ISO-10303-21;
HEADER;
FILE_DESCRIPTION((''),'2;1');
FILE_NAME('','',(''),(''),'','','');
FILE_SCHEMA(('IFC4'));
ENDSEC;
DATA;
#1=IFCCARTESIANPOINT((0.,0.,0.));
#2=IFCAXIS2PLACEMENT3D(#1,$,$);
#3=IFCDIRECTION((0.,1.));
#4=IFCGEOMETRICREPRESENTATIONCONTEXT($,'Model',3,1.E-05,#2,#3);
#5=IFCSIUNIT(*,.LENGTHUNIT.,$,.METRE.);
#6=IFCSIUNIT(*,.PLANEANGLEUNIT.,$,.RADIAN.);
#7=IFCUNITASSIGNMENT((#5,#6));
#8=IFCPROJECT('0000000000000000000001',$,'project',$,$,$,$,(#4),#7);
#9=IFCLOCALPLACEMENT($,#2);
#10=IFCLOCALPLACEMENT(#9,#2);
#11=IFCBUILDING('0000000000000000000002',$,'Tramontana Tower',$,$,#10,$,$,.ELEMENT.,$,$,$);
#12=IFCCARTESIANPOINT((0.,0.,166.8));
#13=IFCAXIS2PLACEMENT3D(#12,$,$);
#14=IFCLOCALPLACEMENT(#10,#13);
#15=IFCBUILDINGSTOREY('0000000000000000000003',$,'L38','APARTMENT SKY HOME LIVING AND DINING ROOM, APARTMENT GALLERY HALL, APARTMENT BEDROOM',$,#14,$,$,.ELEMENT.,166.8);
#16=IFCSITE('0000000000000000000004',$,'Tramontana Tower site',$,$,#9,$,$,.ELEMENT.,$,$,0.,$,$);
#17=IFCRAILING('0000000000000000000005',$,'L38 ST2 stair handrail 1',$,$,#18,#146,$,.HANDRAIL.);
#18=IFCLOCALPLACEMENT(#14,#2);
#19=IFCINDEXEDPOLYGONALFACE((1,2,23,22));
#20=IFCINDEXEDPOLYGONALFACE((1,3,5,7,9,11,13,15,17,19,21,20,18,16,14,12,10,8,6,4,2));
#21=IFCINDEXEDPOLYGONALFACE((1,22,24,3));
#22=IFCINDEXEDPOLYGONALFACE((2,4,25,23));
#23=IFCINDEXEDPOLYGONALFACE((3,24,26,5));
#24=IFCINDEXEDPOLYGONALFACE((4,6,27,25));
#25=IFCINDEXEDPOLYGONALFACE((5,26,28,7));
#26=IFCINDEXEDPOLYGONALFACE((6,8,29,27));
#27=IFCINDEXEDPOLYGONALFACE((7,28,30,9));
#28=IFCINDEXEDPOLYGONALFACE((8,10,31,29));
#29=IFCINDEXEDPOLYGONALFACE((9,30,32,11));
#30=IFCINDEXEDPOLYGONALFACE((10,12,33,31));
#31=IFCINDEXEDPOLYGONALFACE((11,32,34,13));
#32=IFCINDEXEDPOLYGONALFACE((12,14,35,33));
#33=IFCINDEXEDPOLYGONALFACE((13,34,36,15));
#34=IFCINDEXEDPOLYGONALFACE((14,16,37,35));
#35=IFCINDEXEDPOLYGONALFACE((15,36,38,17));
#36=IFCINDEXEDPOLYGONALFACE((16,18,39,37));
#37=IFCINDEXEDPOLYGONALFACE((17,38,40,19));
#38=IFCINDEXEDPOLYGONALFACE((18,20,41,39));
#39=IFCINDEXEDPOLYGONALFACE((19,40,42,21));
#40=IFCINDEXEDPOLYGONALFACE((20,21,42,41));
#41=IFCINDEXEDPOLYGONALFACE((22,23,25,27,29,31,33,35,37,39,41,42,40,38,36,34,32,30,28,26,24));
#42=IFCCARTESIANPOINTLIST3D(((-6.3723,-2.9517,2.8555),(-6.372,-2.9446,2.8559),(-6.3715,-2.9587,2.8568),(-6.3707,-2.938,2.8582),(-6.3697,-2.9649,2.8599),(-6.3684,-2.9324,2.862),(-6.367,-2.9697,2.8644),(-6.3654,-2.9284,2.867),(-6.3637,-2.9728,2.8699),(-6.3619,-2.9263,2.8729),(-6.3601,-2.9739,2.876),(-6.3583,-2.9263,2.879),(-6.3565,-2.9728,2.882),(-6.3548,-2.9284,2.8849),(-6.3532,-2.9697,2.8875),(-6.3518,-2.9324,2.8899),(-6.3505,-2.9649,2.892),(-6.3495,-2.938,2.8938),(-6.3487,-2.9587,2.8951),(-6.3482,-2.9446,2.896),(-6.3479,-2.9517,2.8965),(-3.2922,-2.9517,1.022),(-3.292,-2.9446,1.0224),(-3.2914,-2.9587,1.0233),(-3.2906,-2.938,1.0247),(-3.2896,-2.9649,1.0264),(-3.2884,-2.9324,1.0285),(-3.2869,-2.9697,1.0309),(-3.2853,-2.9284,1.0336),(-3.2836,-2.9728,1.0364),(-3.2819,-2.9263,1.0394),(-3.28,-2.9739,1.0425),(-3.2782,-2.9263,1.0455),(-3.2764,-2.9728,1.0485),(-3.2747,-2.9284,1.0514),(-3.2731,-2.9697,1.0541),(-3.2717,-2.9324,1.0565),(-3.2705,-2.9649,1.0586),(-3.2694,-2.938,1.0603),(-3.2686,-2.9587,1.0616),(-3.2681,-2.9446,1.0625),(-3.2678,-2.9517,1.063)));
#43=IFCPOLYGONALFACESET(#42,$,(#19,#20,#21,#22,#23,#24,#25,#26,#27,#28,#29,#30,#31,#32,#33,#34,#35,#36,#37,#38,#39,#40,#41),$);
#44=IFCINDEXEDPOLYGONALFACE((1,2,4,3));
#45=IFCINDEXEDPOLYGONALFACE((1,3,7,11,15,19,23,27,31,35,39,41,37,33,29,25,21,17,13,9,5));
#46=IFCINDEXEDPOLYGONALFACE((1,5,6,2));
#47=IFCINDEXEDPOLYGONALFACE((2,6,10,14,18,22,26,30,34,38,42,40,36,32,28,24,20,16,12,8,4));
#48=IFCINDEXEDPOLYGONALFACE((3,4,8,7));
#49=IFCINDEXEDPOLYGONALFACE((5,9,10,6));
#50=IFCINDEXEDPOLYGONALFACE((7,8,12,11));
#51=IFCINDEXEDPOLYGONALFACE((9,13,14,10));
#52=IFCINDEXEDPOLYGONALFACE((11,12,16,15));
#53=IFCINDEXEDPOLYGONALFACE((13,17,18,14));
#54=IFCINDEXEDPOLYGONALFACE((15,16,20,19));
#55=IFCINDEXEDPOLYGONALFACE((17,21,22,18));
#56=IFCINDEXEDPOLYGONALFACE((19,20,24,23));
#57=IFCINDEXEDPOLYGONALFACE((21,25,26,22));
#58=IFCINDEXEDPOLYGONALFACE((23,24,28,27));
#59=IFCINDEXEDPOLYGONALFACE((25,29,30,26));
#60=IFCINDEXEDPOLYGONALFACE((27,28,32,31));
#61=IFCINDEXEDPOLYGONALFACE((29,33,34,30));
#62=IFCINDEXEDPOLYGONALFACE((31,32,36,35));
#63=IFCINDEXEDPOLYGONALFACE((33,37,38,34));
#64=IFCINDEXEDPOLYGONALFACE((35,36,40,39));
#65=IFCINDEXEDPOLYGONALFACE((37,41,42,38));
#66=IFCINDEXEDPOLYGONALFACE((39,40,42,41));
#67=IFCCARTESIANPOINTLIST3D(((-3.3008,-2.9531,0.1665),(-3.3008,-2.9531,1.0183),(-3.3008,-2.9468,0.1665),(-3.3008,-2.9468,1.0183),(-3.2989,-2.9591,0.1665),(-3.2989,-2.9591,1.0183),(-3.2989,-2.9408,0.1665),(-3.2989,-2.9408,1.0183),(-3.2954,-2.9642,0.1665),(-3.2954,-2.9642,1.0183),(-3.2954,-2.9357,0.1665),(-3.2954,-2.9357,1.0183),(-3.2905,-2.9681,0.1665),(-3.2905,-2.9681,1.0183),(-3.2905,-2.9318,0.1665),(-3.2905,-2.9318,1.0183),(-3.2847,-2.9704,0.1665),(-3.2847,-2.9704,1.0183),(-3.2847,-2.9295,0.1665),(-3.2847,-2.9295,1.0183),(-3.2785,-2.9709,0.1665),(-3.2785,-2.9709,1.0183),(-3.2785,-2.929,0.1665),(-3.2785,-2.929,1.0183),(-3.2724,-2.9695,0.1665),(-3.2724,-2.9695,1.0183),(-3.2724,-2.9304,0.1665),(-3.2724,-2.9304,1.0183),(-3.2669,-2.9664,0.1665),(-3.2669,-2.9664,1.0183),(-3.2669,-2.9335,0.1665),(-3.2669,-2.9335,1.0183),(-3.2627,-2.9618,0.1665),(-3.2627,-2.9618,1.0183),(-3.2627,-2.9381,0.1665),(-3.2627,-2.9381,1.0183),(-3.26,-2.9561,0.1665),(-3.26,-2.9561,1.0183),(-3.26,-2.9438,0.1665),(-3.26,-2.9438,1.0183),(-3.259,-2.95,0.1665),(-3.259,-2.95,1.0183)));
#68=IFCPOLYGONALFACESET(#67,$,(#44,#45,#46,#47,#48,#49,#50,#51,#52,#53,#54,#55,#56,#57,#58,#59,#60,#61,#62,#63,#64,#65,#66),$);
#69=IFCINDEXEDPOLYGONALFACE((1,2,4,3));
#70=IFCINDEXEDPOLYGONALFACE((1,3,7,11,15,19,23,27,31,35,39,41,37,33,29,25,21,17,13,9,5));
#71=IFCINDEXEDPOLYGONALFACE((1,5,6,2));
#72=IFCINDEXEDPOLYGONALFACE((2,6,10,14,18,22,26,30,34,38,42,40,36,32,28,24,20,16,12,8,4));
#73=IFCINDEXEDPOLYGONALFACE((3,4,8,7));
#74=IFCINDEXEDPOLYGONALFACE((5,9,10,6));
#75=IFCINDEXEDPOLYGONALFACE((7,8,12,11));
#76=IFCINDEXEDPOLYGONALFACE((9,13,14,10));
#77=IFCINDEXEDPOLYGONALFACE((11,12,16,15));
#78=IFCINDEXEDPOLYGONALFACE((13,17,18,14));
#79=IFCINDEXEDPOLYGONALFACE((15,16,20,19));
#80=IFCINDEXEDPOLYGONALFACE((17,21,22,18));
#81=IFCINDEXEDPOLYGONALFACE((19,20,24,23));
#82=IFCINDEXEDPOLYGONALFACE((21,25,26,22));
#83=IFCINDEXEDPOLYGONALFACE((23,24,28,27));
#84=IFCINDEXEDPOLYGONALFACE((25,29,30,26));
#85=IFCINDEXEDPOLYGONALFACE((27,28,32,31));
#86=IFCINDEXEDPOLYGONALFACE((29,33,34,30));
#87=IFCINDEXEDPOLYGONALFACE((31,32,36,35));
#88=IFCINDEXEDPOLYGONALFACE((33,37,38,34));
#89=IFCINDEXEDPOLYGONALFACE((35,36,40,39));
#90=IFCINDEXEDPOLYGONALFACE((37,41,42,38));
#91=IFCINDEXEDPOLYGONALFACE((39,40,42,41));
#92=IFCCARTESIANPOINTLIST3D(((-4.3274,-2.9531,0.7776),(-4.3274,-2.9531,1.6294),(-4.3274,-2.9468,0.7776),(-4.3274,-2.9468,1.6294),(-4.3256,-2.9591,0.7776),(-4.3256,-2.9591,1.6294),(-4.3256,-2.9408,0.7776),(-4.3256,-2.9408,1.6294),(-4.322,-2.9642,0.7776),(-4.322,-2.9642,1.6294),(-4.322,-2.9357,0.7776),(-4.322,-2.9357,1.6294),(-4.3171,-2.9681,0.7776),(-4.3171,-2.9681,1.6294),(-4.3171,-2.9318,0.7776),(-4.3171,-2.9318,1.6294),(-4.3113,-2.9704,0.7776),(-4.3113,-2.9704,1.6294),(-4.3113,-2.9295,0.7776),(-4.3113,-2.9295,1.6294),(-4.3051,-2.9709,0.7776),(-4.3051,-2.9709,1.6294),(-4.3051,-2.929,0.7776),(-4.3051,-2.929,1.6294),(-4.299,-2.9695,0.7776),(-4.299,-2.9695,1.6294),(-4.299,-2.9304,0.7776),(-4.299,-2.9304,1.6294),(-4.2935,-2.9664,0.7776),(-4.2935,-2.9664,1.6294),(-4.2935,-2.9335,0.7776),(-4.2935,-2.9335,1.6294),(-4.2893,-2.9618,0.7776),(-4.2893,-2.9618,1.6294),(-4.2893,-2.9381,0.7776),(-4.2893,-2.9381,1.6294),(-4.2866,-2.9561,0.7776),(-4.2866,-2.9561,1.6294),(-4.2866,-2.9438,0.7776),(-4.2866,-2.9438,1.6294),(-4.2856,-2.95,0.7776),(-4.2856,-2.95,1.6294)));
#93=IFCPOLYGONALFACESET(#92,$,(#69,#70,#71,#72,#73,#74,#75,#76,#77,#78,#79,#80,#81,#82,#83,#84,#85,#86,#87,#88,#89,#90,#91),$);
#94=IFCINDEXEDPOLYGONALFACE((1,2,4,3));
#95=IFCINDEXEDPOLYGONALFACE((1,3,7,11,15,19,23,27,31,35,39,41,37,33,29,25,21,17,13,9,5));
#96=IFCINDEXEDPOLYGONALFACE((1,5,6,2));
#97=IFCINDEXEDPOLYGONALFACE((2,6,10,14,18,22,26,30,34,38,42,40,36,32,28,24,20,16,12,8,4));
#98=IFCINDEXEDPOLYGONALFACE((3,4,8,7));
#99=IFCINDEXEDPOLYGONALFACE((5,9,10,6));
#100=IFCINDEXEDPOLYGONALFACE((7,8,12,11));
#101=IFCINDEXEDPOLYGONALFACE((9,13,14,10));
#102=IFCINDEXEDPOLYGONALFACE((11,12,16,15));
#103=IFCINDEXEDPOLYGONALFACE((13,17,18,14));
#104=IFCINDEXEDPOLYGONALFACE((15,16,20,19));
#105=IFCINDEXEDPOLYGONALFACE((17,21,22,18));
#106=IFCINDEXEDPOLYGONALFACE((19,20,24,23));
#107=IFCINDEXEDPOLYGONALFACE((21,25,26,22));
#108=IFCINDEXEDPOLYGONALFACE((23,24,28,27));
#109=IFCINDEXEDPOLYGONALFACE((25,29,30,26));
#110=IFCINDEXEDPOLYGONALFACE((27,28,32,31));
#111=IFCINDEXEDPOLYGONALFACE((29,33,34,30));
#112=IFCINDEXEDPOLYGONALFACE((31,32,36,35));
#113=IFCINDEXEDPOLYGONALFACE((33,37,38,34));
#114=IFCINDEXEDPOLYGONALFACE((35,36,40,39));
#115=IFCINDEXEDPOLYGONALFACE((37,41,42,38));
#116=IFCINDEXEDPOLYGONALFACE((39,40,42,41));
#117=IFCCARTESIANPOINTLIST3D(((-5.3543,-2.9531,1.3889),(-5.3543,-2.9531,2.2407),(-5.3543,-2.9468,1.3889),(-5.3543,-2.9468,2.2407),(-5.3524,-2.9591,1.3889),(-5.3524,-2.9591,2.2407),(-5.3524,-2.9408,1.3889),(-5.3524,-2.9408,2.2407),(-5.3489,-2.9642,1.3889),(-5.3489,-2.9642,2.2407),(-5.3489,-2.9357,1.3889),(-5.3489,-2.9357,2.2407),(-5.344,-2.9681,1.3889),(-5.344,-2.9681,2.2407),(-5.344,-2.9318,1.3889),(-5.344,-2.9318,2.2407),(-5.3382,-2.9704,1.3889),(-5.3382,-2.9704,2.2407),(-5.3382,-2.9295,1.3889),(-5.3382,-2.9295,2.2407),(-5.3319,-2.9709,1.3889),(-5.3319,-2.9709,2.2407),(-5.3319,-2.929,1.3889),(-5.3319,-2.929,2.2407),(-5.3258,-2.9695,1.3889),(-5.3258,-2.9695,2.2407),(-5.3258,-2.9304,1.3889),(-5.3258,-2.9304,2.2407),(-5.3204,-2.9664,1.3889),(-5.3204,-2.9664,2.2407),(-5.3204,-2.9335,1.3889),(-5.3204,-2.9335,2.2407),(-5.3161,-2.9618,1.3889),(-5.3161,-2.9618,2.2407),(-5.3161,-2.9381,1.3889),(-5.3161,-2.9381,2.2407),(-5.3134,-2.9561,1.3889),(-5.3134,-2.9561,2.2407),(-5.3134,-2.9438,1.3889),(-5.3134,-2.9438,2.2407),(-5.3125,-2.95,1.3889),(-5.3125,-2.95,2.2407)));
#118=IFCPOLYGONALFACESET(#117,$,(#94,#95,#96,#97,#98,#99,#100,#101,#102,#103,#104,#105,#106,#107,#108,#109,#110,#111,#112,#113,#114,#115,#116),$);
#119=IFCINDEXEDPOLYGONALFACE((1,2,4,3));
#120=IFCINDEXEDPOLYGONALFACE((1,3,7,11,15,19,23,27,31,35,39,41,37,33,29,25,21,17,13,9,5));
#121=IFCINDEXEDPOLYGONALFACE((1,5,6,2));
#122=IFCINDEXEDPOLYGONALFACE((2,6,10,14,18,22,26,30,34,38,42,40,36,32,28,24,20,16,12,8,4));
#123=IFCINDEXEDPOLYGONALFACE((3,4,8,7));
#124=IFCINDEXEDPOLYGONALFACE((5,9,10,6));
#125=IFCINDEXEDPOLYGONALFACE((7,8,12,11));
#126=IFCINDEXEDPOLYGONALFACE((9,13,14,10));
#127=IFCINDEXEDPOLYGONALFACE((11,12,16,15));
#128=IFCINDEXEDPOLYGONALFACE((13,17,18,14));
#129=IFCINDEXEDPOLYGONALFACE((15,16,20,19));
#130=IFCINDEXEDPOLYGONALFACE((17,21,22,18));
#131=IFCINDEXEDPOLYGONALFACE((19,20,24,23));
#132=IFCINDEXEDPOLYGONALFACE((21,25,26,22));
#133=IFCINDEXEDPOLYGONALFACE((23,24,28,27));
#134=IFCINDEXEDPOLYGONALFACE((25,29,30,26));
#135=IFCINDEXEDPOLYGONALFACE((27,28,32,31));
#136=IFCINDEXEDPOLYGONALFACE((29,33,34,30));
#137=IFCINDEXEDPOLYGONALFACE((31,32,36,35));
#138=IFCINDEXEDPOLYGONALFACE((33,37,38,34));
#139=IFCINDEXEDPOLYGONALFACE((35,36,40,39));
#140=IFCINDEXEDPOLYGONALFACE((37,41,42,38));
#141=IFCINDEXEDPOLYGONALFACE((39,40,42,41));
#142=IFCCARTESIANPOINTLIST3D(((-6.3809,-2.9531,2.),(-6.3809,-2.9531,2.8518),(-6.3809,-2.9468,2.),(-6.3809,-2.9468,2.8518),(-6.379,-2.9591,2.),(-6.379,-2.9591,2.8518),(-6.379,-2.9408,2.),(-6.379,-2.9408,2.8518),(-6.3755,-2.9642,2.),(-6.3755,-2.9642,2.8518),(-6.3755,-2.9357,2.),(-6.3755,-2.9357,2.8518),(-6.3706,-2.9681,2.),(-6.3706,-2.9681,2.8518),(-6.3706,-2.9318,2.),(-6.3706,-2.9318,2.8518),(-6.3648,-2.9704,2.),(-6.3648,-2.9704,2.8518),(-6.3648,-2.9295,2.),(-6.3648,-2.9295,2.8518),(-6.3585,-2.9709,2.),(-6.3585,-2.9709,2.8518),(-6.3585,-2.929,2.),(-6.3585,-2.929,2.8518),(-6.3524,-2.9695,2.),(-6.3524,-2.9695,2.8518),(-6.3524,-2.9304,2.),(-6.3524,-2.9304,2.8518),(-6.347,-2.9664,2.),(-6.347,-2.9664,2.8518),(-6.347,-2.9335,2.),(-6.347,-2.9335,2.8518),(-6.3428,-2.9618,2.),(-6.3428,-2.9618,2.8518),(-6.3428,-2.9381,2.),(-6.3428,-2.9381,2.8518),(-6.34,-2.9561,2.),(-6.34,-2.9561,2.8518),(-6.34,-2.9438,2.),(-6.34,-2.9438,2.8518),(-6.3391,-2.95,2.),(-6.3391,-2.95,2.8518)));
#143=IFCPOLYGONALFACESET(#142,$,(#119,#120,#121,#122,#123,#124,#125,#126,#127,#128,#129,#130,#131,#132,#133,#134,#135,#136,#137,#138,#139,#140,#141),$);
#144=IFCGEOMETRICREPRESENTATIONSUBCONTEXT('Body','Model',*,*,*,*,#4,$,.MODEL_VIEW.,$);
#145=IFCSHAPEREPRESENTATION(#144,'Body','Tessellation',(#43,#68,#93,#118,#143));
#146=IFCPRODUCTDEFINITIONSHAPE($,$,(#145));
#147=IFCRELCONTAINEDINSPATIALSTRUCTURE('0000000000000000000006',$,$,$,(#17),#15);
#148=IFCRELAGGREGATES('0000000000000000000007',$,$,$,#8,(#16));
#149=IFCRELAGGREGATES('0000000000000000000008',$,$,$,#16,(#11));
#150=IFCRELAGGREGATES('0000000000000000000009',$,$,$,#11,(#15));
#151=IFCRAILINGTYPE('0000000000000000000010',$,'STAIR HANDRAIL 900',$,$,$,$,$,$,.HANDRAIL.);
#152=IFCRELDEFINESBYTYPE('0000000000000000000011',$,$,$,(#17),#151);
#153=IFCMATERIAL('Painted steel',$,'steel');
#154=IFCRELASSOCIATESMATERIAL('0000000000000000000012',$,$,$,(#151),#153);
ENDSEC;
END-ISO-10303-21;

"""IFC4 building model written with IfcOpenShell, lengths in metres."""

from ifc_helpers import new_model, si_unit, direction, frame, origin, origin_2d, place, context, subcontext, project, spatial, circle, extrude, material, type_object, element, save


model = new_model("IFC4")

# Units and contexts
model_context = context("Model", 3, precision=1e-05, world=origin(), true_north=direction((0.0, 1.0)))
body_context = subcontext(model_context, "Body", "Model", "MODEL_VIEW")
ifc_project = project(units=[si_unit("LENGTHUNIT", "METRE"), si_unit("PLANEANGLEUNIT", "RADIAN")], contexts=[model_context])

# Site, building, storey
site_placement = place(None, origin())
site = spatial("IfcSite", under=ifc_project, at=site_placement, Name="Tramontana Tower site", CompositionType="ELEMENT", RefElevation=0.0)
building_placement = place(site_placement, origin())
building = spatial("IfcBuilding", under=site, at=building_placement, Name="Tramontana Tower", CompositionType="ELEMENT")
storey_placement = place(building_placement, frame((0.0, 0.0, 166.8)))
storey = spatial("IfcBuildingStorey", under=building, at=storey_placement, Name="L38", Description="APARTMENT SKY HOME LIVING AND DINING ROOM, APARTMENT GALLERY HALL, APARTMENT BEDROOM", CompositionType="ELEMENT", Elevation=166.8)

# Railing
ifc_material_1 = material(Name="Painted steel", Category="steel")
railing_type_1 = type_object("IfcRailingType", Name="STAIR HANDRAIL 900", PredefinedType="HANDRAIL", material=ifc_material_1)
railing_1_placement = place(storey_placement, frame((-3.28, -2.95, 0.1665)))
element("IfcRailing", 1, at=railing_1_placement, inside=storey, type_object=railing_type_1, Name="L38 ST2 stair handrail 1", PredefinedType="HANDRAIL", context=body_context, shape_type="SweptSolid", body=[
    extrude(circle(Radius=0.0239, at=origin_2d()), frame((0.0, 0.0, 0.876), z_axis=(-0.859279, 0.0, 0.511508), x_axis=(0.0, -1.0, 0.0)), (0.0, 0.0, 1.0), 3.5845),
    extrude(circle(Radius=0.021, at=origin_2d()), origin(), (0.0, 0.0, 1.0), 0.8518),
    extrude(circle(Radius=0.021, at=origin_2d()), frame((-1.0266, 0.0, 0.6111)), (0.0, 0.0, 1.0), 0.8518),
    extrude(circle(Radius=0.021, at=origin_2d()), frame((-2.0535, 0.0, 1.2224)), (0.0, 0.0, 1.0), 0.8518),
    extrude(circle(Radius=0.021, at=origin_2d()), frame((-3.0801, 0.0, 1.8335)), (0.0, 0.0, 1.0), 0.8518),
])

save(model, "model.ifc")
